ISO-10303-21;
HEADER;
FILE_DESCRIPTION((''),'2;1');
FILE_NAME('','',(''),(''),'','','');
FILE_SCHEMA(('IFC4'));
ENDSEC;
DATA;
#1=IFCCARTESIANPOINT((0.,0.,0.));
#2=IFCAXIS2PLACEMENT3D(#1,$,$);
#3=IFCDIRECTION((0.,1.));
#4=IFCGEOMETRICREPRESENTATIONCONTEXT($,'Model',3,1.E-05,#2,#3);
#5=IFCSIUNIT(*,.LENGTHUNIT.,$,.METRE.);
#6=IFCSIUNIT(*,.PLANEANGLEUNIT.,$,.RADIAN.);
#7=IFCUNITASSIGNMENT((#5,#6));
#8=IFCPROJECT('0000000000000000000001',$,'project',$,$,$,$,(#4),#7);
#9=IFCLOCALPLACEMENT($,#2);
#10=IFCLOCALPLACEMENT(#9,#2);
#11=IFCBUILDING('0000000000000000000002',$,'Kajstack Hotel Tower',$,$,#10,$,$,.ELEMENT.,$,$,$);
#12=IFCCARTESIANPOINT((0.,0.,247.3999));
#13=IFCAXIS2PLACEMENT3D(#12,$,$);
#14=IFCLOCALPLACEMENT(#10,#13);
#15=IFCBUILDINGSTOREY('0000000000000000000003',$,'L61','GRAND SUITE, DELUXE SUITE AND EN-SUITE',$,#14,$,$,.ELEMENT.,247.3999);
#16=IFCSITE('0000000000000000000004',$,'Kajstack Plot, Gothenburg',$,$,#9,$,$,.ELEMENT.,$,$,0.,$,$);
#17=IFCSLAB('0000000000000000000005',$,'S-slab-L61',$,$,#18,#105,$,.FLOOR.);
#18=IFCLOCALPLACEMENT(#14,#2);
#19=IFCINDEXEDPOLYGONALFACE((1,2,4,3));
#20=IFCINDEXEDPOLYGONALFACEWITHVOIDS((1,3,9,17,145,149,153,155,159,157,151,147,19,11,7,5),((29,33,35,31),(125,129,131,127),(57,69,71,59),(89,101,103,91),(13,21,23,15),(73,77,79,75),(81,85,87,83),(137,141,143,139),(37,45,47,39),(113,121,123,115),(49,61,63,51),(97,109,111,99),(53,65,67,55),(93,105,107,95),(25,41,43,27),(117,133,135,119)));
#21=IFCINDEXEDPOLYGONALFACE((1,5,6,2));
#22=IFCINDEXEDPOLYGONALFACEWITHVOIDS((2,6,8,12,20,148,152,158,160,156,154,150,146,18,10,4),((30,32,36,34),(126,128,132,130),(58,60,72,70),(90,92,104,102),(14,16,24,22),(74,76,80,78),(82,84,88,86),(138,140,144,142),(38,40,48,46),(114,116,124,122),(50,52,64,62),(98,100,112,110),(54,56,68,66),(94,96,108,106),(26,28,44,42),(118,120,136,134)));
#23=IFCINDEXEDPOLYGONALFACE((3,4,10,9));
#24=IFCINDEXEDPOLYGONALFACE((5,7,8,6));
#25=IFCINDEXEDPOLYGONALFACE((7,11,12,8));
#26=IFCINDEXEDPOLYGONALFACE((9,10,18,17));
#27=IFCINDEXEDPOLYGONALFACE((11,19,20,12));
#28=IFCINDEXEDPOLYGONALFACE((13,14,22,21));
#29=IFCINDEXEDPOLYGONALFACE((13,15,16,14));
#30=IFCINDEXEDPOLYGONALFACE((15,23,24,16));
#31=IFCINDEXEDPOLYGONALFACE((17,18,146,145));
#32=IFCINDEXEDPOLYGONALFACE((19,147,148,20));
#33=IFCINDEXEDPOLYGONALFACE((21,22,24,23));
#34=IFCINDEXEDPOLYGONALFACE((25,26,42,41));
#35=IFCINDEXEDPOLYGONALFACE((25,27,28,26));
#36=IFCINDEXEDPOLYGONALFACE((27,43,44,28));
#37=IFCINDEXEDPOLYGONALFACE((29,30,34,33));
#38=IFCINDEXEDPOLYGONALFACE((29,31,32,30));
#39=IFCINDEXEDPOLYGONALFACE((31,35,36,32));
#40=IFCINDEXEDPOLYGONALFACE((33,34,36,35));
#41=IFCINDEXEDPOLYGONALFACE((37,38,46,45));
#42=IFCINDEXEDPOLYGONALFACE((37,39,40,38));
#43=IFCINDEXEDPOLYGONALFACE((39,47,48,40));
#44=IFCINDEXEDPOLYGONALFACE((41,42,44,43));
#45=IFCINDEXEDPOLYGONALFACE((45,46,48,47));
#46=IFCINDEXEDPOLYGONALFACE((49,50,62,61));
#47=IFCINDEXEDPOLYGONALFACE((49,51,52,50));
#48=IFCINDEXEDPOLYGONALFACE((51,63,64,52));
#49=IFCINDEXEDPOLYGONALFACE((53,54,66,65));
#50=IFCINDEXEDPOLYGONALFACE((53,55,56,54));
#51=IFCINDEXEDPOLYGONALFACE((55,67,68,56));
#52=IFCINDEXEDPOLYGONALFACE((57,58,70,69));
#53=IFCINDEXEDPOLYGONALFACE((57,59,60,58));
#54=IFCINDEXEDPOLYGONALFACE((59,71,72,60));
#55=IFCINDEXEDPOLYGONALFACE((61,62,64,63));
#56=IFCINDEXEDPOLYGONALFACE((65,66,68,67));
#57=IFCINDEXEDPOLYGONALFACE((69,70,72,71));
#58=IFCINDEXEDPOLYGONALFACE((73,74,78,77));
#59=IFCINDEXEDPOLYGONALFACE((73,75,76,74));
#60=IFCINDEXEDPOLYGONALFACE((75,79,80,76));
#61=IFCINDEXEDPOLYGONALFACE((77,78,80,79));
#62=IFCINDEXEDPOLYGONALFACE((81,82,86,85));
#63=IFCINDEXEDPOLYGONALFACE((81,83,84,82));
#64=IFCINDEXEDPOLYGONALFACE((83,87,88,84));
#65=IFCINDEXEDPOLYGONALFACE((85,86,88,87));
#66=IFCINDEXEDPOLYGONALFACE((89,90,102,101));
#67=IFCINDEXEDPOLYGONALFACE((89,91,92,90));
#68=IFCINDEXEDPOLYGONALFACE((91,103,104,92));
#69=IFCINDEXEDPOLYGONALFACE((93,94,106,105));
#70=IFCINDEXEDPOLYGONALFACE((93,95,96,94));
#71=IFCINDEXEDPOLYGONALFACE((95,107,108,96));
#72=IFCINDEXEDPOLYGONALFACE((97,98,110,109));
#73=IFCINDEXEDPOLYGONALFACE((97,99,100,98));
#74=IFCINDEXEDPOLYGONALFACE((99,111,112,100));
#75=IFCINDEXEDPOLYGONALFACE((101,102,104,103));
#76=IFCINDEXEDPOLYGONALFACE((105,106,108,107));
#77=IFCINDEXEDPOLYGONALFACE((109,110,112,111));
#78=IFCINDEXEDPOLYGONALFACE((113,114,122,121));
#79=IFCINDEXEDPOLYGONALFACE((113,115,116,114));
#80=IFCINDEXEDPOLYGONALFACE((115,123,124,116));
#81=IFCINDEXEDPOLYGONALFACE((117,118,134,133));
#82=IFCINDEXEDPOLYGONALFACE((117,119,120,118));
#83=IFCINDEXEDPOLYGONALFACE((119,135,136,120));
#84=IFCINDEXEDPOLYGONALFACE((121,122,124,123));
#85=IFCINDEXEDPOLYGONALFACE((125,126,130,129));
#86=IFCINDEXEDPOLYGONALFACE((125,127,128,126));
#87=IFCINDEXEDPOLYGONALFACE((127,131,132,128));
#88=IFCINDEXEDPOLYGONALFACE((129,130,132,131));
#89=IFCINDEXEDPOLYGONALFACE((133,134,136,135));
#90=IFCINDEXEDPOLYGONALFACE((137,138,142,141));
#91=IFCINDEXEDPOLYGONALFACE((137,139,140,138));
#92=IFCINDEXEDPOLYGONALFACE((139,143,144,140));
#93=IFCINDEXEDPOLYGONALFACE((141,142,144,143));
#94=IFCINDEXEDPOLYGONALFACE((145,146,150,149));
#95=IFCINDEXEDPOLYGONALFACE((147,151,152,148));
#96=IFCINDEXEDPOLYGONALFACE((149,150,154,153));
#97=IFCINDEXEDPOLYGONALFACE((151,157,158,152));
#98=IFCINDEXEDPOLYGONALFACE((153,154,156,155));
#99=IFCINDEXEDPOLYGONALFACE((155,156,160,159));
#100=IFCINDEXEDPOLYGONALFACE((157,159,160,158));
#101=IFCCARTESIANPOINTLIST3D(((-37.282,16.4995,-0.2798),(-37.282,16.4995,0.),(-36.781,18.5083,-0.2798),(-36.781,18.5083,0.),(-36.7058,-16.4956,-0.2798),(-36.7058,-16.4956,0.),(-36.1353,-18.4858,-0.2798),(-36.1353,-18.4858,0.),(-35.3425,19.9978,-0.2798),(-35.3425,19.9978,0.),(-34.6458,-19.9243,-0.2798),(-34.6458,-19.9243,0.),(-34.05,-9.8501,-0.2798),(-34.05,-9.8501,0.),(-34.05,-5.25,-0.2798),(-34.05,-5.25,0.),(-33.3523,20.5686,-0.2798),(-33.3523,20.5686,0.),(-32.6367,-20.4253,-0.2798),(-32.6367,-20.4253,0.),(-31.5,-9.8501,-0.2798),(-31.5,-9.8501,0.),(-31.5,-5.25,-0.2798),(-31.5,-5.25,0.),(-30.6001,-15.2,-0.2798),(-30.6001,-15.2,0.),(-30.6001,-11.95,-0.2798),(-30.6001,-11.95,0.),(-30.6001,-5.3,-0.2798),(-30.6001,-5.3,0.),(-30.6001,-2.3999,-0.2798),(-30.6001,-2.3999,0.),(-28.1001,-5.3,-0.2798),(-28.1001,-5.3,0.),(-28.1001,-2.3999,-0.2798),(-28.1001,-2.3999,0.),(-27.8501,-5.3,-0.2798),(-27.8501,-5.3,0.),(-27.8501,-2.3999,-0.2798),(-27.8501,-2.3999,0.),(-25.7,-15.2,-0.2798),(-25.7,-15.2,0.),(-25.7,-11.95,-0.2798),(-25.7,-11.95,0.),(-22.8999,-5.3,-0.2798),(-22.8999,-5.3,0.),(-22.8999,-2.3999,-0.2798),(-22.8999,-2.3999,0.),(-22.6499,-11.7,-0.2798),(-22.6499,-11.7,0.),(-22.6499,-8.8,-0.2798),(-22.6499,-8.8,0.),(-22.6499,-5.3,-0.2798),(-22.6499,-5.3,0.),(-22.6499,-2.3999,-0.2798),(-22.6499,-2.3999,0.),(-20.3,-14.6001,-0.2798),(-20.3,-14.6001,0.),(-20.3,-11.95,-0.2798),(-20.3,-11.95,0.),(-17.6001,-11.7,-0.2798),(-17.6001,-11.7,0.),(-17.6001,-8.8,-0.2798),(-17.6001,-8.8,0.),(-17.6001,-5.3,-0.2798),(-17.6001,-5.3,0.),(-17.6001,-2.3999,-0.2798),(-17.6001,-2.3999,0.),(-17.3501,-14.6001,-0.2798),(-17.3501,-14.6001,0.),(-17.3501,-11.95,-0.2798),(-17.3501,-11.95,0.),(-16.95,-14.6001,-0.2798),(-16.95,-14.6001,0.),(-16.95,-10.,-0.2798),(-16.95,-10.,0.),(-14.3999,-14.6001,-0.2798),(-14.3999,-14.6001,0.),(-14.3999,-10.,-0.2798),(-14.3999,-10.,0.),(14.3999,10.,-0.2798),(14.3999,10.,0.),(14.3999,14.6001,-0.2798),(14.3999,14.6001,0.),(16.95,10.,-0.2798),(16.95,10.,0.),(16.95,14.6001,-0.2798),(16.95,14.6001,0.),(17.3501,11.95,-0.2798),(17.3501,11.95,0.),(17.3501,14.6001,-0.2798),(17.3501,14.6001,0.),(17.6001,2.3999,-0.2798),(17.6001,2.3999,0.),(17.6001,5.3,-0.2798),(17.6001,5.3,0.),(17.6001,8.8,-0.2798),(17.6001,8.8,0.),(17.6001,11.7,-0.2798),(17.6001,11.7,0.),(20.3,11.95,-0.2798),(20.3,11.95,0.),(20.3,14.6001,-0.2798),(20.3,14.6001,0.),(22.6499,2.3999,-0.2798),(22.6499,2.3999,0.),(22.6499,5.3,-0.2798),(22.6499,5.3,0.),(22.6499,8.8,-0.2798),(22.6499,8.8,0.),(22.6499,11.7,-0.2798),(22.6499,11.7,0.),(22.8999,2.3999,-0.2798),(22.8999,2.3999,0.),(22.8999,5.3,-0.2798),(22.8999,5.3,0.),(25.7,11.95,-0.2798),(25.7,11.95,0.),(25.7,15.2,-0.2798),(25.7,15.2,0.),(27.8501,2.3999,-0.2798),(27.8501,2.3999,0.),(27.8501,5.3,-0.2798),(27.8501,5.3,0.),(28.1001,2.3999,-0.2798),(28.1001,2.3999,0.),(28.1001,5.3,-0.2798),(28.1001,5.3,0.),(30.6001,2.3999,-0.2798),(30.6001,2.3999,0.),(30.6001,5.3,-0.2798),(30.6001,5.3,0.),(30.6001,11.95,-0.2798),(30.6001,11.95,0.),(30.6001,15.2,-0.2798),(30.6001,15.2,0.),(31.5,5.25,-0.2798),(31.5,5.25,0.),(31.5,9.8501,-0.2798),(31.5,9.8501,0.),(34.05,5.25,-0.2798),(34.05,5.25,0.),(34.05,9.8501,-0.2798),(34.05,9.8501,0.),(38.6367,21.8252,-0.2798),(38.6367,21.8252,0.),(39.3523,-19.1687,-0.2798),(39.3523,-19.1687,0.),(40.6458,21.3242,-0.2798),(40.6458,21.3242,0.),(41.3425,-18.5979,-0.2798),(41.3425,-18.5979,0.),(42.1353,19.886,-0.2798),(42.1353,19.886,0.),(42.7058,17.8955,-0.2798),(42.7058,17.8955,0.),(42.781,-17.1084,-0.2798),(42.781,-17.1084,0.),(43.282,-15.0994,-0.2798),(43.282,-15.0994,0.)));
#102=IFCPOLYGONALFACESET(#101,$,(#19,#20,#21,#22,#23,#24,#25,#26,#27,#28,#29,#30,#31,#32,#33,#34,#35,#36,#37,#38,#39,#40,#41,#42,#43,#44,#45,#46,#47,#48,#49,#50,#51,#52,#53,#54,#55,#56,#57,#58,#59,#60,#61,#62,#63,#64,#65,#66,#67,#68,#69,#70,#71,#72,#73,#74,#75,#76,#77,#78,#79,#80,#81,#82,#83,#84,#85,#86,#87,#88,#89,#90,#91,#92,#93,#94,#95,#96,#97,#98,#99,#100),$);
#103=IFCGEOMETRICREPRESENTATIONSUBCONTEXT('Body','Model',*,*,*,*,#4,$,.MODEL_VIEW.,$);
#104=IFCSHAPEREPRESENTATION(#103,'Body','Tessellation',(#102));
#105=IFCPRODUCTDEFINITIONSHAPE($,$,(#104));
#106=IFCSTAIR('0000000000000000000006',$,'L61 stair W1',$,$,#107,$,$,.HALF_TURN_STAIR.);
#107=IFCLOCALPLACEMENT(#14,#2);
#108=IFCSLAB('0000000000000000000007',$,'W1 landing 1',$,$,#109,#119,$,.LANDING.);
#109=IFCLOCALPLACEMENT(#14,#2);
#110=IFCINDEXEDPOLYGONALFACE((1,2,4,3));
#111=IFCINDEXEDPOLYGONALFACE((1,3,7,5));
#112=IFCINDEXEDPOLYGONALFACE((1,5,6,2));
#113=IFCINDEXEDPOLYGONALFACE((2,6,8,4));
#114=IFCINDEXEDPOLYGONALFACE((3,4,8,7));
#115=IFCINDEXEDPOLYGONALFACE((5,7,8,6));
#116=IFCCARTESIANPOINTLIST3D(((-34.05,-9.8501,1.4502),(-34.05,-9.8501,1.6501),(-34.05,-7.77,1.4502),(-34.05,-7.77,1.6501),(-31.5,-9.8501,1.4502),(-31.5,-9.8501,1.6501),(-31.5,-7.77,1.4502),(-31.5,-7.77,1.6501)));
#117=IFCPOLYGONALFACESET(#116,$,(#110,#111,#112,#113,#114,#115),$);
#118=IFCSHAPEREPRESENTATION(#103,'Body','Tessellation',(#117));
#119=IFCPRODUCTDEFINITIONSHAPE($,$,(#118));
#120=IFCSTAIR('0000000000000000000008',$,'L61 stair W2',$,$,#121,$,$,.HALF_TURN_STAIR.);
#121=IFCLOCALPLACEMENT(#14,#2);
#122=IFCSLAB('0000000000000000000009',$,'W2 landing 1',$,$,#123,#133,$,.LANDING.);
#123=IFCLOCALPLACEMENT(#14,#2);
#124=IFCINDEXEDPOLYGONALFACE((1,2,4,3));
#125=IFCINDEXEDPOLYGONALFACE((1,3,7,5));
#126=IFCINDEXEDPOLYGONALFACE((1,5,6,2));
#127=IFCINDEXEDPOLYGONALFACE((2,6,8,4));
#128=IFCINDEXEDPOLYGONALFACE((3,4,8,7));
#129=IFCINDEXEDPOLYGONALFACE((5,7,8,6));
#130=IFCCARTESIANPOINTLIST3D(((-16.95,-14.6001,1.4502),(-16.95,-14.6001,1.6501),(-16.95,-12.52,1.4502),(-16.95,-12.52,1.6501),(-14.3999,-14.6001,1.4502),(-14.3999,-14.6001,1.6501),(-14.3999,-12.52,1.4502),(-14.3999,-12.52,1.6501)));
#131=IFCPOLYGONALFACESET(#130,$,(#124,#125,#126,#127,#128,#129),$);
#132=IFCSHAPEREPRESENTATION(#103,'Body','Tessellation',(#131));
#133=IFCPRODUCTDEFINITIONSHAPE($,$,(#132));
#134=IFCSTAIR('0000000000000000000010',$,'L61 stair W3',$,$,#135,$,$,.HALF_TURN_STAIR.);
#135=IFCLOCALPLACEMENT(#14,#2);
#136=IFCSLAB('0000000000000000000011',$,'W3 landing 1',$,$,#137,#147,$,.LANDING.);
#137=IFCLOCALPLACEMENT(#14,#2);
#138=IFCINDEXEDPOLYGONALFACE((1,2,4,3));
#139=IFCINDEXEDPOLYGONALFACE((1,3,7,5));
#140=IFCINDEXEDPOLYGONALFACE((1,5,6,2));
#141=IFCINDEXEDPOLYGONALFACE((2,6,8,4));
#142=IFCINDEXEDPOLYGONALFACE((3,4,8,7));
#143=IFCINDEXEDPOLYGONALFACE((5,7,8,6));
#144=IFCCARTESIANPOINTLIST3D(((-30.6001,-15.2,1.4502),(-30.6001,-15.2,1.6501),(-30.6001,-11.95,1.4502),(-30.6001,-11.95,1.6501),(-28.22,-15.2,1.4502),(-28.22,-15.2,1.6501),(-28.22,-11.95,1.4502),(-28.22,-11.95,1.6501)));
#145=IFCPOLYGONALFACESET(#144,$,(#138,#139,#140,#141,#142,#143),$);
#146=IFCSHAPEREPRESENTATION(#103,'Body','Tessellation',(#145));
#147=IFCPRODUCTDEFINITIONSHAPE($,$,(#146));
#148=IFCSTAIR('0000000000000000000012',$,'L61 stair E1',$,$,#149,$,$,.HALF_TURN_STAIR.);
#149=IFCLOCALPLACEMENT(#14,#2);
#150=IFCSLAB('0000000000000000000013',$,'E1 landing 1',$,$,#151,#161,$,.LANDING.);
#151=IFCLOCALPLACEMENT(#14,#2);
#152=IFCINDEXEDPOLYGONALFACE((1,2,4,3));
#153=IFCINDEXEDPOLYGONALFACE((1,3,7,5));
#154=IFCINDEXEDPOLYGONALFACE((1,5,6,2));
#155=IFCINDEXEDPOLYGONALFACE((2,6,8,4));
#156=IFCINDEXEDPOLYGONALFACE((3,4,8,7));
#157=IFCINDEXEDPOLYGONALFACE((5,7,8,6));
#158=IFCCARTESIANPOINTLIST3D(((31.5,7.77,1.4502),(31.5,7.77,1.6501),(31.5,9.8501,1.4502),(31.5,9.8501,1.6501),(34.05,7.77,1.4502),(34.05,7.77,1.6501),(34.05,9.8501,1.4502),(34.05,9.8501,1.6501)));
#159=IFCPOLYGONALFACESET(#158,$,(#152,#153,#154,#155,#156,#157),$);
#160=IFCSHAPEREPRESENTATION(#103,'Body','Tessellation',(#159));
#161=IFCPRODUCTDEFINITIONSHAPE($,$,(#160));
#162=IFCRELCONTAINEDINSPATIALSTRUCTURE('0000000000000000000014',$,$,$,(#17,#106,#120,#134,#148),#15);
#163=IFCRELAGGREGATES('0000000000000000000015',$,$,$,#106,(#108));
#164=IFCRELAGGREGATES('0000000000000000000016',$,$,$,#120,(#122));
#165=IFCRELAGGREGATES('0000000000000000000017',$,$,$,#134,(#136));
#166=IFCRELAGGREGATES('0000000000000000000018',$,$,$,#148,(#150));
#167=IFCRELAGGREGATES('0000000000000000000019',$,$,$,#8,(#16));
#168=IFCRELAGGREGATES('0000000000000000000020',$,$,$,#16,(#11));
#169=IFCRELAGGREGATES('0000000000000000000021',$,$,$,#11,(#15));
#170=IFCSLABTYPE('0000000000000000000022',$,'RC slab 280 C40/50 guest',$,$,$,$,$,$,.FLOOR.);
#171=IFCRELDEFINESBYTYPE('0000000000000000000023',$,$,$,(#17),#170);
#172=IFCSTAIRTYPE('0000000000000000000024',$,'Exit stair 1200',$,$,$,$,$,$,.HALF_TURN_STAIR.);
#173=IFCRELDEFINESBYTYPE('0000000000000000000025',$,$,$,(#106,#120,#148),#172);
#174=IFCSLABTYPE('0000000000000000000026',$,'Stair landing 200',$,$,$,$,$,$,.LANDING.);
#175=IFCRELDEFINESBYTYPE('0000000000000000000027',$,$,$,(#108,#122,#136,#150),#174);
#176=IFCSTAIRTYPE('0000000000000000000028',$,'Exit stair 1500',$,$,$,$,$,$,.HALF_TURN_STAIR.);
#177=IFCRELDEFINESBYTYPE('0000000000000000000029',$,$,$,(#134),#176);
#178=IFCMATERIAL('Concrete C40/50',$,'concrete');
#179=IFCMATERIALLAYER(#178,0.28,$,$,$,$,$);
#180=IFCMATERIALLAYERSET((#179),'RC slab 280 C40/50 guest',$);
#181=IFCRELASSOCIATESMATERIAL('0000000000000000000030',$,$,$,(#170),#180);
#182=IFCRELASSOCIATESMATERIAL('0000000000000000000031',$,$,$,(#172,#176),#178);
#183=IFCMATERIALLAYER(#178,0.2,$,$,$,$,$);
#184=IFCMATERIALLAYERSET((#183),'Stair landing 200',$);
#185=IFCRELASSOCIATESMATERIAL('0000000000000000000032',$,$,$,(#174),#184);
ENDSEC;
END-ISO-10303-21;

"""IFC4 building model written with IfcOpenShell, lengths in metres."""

from ifc_helpers import new_model, si_unit, direction, frame, origin, place, context, subcontext, project, spatial, polyline, outline, extrude, material, layer, layer_set, type_object, element, aggregate, save


model = new_model("IFC4")

# Units and contexts
model_context = context("Model", 3, precision=1e-05, world=origin(), true_north=direction((0.0, 1.0)))
body_context = subcontext(model_context, "Body", "Model", "MODEL_VIEW")
ifc_project = project(units=[si_unit("LENGTHUNIT", "METRE"), si_unit("PLANEANGLEUNIT", "RADIAN")], contexts=[model_context])

# Site, building, storey
site_placement = place(None, origin())
site = spatial("IfcSite", under=ifc_project, at=site_placement, Name="Kajstack Plot, Gothenburg", CompositionType="ELEMENT", RefElevation=0.0)
building_placement = place(site_placement, origin())
building = spatial("IfcBuilding", under=site, at=building_placement, Name="Kajstack Hotel Tower", CompositionType="ELEMENT")
storey_placement = place(building_placement, frame((0.0, 0.0, 247.3999)))
storey = spatial("IfcBuildingStorey", under=building, at=storey_placement, Name="L61", Description="GRAND SUITE, DELUXE SUITE AND EN-SUITE", CompositionType="ELEMENT", Elevation=247.3999)

# Slab
ifc_material_1 = material(Name="Concrete C40/50", Category="concrete")
ifc_layer_1 = layer(ifc_material_1, 0.28)
ifc_layer_set_1 = layer_set([ifc_layer_1], Name="RC slab 280 C40/50 guest")
slab_type_1 = type_object("IfcSlabType", Name="RC slab 280 C40/50 guest", PredefinedType="FLOOR", material=ifc_layer_set_1)
slab_1_placement = place(storey_placement, frame((0.0, 0.0, -0.2798)))
element("IfcSlab", 1, at=slab_1_placement, inside=storey, type_object=slab_type_1, Name="S-slab-L61", PredefinedType="FLOOR", context=body_context, shape_type="SweptSolid", body=[
    extrude(outline(polyline([(-37.282, 16.4995), (-36.7058, -16.4956), (-36.1353, -18.4858), (-34.6458, -19.9243), (-32.6367, -20.4253), (39.3523, -19.1687), (41.3425, -18.5979), (42.781, -17.1084), (43.282, -15.0994), (42.7058, 17.8955), (42.1353, 19.886), (40.6458, 21.3242), (38.6367, 21.8252), (-33.3523, 20.5686), (-35.3425, 19.9978), (-36.781, 18.5083), (-37.282, 16.4995)]), holes=[polyline([(-22.6499, -11.7), (-22.6499, -8.8), (-17.6001, -8.8), (-17.6001, -11.7), (-22.6499, -11.7)]), polyline([(-27.8501, -5.3), (-27.8501, -2.3999), (-22.8999, -2.3999), (-22.8999, -5.3), (-27.8501, -5.3)]), polyline([(-22.6499, -5.3), (-22.6499, -2.3999), (-17.6001, -2.3999), (-17.6001, -5.3), (-22.6499, -5.3)]), polyline([(-20.3, -14.6001), (-17.3501, -14.6001), (-17.3501, -11.95), (-20.3, -11.95), (-20.3, -14.6001)]), polyline([(-30.6001, -5.3), (-28.1001, -5.3), (-28.1001, -2.3999), (-30.6001, -2.3999), (-30.6001, -5.3)]), polyline([(17.6001, 8.8), (17.6001, 11.7), (22.6499, 11.7), (22.6499, 8.8), (17.6001, 8.8)]), polyline([(22.8999, 2.3999), (22.8999, 5.3), (27.8501, 5.3), (27.8501, 2.3999), (22.8999, 2.3999)]), polyline([(17.6001, 2.3999), (17.6001, 5.3), (22.6499, 5.3), (22.6499, 2.3999), (17.6001, 2.3999)]), polyline([(20.3, 14.6001), (17.3501, 14.6001), (17.3501, 11.95), (20.3, 11.95), (20.3, 14.6001)]), polyline([(30.6001, 5.3), (28.1001, 5.3), (28.1001, 2.3999), (30.6001, 2.3999), (30.6001, 5.3)]), polyline([(-34.05, -9.8501), (-31.5, -9.8501), (-31.5, -5.25), (-34.05, -5.25), (-34.05, -9.8501)]), polyline([(-16.95, -14.6001), (-14.3999, -14.6001), (-14.3999, -10.0), (-16.95, -10.0), (-16.95, -14.6001)]), polyline([(-30.6001, -15.2), (-25.7, -15.2), (-25.7, -11.95), (-30.6001, -11.95), (-30.6001, -15.2)]), polyline([(34.05, 9.8501), (31.5, 9.8501), (31.5, 5.25), (34.05, 5.25), (34.05, 9.8501)]), polyline([(16.95, 14.6001), (14.3999, 14.6001), (14.3999, 10.0), (16.95, 10.0), (16.95, 14.6001)]), polyline([(30.6001, 15.2), (25.7, 15.2), (25.7, 11.95), (30.6001, 11.95), (30.6001, 15.2)])]), origin(), (0.0, 0.0, 1.0), 0.2798),
])

# Stairs, slabs
stair_type_1 = type_object("IfcStairType", Name="Exit stair 1200", PredefinedType="HALF_TURN_STAIR", material=ifc_material_1)
stair_1_placement = place(storey_placement, origin())
stair_1 = element("IfcStair", 2, at=stair_1_placement, inside=storey, type_object=stair_type_1, Name="L61 stair W1", PredefinedType="HALF_TURN_STAIR")
ifc_layer_2 = layer(ifc_material_1, 0.2)
ifc_layer_set_2 = layer_set([ifc_layer_2], Name="Stair landing 200")
slab_type_2 = type_object("IfcSlabType", Name="Stair landing 200", PredefinedType="LANDING", material=ifc_layer_set_2)
slab_2_placement = place(storey_placement, frame((0.0, 0.0, 1.4502)))
slab_2 = element("IfcSlab", 3, at=slab_2_placement, type_object=slab_type_2, Name="W1 landing 1", PredefinedType="LANDING", context=body_context, shape_type="SweptSolid", body=[
    extrude(outline(polyline([(-34.05, -7.77), (-34.05, -9.8501), (-31.5, -9.8501), (-31.5, -7.77), (-34.05, -7.77)])), origin(), (0.0, 0.0, 1.0), 0.2),
])
aggregate(stair_1, [slab_2])
stair_2_placement = place(storey_placement, origin())
stair_2 = element("IfcStair", 4, at=stair_2_placement, inside=storey, type_object=stair_type_1, Name="L61 stair W2", PredefinedType="HALF_TURN_STAIR")
slab_3_placement = place(storey_placement, frame((0.0, 0.0, 1.4502)))
slab_3 = element("IfcSlab", 5, at=slab_3_placement, type_object=slab_type_2, Name="W2 landing 1", PredefinedType="LANDING", context=body_context, shape_type="SweptSolid", body=[
    extrude(outline(polyline([(-16.95, -12.52), (-16.95, -14.6001), (-14.3999, -14.6001), (-14.3999, -12.52), (-16.95, -12.52)])), origin(), (0.0, 0.0, 1.0), 0.2),
])
aggregate(stair_2, [slab_3])
stair_type_2 = type_object("IfcStairType", Name="Exit stair 1500", PredefinedType="HALF_TURN_STAIR", material=ifc_material_1)
stair_3_placement = place(storey_placement, origin())
stair_3 = element("IfcStair", 6, at=stair_3_placement, inside=storey, type_object=stair_type_2, Name="L61 stair W3", PredefinedType="HALF_TURN_STAIR")
slab_4_placement = place(storey_placement, frame((0.0, 0.0, 1.4502)))
slab_4 = element("IfcSlab", 7, at=slab_4_placement, type_object=slab_type_2, Name="W3 landing 1", PredefinedType="LANDING", context=body_context, shape_type="SweptSolid", body=[
    extrude(outline(polyline([(-28.22, -11.95), (-30.6001, -11.95), (-30.6001, -15.2), (-28.22, -15.2), (-28.22, -11.95)])), origin(), (0.0, 0.0, 1.0), 0.2),
])
aggregate(stair_3, [slab_4])
stair_4_placement = place(storey_placement, origin())
stair_4 = element("IfcStair", 8, at=stair_4_placement, inside=storey, type_object=stair_type_1, Name="L61 stair E1", PredefinedType="HALF_TURN_STAIR")
slab_5_placement = place(storey_placement, frame((0.0, 0.0, 1.4502)))
slab_5 = element("IfcSlab", 9, at=slab_5_placement, type_object=slab_type_2, Name="E1 landing 1", PredefinedType="LANDING", context=body_context, shape_type="SweptSolid", body=[
    extrude(outline(polyline([(34.05, 7.77), (34.05, 9.8501), (31.5, 9.8501), (31.5, 7.77), (34.05, 7.77)])), origin(), (0.0, 0.0, 1.0), 0.2),
])
aggregate(stair_4, [slab_5])

save(model, "model.ifc")
